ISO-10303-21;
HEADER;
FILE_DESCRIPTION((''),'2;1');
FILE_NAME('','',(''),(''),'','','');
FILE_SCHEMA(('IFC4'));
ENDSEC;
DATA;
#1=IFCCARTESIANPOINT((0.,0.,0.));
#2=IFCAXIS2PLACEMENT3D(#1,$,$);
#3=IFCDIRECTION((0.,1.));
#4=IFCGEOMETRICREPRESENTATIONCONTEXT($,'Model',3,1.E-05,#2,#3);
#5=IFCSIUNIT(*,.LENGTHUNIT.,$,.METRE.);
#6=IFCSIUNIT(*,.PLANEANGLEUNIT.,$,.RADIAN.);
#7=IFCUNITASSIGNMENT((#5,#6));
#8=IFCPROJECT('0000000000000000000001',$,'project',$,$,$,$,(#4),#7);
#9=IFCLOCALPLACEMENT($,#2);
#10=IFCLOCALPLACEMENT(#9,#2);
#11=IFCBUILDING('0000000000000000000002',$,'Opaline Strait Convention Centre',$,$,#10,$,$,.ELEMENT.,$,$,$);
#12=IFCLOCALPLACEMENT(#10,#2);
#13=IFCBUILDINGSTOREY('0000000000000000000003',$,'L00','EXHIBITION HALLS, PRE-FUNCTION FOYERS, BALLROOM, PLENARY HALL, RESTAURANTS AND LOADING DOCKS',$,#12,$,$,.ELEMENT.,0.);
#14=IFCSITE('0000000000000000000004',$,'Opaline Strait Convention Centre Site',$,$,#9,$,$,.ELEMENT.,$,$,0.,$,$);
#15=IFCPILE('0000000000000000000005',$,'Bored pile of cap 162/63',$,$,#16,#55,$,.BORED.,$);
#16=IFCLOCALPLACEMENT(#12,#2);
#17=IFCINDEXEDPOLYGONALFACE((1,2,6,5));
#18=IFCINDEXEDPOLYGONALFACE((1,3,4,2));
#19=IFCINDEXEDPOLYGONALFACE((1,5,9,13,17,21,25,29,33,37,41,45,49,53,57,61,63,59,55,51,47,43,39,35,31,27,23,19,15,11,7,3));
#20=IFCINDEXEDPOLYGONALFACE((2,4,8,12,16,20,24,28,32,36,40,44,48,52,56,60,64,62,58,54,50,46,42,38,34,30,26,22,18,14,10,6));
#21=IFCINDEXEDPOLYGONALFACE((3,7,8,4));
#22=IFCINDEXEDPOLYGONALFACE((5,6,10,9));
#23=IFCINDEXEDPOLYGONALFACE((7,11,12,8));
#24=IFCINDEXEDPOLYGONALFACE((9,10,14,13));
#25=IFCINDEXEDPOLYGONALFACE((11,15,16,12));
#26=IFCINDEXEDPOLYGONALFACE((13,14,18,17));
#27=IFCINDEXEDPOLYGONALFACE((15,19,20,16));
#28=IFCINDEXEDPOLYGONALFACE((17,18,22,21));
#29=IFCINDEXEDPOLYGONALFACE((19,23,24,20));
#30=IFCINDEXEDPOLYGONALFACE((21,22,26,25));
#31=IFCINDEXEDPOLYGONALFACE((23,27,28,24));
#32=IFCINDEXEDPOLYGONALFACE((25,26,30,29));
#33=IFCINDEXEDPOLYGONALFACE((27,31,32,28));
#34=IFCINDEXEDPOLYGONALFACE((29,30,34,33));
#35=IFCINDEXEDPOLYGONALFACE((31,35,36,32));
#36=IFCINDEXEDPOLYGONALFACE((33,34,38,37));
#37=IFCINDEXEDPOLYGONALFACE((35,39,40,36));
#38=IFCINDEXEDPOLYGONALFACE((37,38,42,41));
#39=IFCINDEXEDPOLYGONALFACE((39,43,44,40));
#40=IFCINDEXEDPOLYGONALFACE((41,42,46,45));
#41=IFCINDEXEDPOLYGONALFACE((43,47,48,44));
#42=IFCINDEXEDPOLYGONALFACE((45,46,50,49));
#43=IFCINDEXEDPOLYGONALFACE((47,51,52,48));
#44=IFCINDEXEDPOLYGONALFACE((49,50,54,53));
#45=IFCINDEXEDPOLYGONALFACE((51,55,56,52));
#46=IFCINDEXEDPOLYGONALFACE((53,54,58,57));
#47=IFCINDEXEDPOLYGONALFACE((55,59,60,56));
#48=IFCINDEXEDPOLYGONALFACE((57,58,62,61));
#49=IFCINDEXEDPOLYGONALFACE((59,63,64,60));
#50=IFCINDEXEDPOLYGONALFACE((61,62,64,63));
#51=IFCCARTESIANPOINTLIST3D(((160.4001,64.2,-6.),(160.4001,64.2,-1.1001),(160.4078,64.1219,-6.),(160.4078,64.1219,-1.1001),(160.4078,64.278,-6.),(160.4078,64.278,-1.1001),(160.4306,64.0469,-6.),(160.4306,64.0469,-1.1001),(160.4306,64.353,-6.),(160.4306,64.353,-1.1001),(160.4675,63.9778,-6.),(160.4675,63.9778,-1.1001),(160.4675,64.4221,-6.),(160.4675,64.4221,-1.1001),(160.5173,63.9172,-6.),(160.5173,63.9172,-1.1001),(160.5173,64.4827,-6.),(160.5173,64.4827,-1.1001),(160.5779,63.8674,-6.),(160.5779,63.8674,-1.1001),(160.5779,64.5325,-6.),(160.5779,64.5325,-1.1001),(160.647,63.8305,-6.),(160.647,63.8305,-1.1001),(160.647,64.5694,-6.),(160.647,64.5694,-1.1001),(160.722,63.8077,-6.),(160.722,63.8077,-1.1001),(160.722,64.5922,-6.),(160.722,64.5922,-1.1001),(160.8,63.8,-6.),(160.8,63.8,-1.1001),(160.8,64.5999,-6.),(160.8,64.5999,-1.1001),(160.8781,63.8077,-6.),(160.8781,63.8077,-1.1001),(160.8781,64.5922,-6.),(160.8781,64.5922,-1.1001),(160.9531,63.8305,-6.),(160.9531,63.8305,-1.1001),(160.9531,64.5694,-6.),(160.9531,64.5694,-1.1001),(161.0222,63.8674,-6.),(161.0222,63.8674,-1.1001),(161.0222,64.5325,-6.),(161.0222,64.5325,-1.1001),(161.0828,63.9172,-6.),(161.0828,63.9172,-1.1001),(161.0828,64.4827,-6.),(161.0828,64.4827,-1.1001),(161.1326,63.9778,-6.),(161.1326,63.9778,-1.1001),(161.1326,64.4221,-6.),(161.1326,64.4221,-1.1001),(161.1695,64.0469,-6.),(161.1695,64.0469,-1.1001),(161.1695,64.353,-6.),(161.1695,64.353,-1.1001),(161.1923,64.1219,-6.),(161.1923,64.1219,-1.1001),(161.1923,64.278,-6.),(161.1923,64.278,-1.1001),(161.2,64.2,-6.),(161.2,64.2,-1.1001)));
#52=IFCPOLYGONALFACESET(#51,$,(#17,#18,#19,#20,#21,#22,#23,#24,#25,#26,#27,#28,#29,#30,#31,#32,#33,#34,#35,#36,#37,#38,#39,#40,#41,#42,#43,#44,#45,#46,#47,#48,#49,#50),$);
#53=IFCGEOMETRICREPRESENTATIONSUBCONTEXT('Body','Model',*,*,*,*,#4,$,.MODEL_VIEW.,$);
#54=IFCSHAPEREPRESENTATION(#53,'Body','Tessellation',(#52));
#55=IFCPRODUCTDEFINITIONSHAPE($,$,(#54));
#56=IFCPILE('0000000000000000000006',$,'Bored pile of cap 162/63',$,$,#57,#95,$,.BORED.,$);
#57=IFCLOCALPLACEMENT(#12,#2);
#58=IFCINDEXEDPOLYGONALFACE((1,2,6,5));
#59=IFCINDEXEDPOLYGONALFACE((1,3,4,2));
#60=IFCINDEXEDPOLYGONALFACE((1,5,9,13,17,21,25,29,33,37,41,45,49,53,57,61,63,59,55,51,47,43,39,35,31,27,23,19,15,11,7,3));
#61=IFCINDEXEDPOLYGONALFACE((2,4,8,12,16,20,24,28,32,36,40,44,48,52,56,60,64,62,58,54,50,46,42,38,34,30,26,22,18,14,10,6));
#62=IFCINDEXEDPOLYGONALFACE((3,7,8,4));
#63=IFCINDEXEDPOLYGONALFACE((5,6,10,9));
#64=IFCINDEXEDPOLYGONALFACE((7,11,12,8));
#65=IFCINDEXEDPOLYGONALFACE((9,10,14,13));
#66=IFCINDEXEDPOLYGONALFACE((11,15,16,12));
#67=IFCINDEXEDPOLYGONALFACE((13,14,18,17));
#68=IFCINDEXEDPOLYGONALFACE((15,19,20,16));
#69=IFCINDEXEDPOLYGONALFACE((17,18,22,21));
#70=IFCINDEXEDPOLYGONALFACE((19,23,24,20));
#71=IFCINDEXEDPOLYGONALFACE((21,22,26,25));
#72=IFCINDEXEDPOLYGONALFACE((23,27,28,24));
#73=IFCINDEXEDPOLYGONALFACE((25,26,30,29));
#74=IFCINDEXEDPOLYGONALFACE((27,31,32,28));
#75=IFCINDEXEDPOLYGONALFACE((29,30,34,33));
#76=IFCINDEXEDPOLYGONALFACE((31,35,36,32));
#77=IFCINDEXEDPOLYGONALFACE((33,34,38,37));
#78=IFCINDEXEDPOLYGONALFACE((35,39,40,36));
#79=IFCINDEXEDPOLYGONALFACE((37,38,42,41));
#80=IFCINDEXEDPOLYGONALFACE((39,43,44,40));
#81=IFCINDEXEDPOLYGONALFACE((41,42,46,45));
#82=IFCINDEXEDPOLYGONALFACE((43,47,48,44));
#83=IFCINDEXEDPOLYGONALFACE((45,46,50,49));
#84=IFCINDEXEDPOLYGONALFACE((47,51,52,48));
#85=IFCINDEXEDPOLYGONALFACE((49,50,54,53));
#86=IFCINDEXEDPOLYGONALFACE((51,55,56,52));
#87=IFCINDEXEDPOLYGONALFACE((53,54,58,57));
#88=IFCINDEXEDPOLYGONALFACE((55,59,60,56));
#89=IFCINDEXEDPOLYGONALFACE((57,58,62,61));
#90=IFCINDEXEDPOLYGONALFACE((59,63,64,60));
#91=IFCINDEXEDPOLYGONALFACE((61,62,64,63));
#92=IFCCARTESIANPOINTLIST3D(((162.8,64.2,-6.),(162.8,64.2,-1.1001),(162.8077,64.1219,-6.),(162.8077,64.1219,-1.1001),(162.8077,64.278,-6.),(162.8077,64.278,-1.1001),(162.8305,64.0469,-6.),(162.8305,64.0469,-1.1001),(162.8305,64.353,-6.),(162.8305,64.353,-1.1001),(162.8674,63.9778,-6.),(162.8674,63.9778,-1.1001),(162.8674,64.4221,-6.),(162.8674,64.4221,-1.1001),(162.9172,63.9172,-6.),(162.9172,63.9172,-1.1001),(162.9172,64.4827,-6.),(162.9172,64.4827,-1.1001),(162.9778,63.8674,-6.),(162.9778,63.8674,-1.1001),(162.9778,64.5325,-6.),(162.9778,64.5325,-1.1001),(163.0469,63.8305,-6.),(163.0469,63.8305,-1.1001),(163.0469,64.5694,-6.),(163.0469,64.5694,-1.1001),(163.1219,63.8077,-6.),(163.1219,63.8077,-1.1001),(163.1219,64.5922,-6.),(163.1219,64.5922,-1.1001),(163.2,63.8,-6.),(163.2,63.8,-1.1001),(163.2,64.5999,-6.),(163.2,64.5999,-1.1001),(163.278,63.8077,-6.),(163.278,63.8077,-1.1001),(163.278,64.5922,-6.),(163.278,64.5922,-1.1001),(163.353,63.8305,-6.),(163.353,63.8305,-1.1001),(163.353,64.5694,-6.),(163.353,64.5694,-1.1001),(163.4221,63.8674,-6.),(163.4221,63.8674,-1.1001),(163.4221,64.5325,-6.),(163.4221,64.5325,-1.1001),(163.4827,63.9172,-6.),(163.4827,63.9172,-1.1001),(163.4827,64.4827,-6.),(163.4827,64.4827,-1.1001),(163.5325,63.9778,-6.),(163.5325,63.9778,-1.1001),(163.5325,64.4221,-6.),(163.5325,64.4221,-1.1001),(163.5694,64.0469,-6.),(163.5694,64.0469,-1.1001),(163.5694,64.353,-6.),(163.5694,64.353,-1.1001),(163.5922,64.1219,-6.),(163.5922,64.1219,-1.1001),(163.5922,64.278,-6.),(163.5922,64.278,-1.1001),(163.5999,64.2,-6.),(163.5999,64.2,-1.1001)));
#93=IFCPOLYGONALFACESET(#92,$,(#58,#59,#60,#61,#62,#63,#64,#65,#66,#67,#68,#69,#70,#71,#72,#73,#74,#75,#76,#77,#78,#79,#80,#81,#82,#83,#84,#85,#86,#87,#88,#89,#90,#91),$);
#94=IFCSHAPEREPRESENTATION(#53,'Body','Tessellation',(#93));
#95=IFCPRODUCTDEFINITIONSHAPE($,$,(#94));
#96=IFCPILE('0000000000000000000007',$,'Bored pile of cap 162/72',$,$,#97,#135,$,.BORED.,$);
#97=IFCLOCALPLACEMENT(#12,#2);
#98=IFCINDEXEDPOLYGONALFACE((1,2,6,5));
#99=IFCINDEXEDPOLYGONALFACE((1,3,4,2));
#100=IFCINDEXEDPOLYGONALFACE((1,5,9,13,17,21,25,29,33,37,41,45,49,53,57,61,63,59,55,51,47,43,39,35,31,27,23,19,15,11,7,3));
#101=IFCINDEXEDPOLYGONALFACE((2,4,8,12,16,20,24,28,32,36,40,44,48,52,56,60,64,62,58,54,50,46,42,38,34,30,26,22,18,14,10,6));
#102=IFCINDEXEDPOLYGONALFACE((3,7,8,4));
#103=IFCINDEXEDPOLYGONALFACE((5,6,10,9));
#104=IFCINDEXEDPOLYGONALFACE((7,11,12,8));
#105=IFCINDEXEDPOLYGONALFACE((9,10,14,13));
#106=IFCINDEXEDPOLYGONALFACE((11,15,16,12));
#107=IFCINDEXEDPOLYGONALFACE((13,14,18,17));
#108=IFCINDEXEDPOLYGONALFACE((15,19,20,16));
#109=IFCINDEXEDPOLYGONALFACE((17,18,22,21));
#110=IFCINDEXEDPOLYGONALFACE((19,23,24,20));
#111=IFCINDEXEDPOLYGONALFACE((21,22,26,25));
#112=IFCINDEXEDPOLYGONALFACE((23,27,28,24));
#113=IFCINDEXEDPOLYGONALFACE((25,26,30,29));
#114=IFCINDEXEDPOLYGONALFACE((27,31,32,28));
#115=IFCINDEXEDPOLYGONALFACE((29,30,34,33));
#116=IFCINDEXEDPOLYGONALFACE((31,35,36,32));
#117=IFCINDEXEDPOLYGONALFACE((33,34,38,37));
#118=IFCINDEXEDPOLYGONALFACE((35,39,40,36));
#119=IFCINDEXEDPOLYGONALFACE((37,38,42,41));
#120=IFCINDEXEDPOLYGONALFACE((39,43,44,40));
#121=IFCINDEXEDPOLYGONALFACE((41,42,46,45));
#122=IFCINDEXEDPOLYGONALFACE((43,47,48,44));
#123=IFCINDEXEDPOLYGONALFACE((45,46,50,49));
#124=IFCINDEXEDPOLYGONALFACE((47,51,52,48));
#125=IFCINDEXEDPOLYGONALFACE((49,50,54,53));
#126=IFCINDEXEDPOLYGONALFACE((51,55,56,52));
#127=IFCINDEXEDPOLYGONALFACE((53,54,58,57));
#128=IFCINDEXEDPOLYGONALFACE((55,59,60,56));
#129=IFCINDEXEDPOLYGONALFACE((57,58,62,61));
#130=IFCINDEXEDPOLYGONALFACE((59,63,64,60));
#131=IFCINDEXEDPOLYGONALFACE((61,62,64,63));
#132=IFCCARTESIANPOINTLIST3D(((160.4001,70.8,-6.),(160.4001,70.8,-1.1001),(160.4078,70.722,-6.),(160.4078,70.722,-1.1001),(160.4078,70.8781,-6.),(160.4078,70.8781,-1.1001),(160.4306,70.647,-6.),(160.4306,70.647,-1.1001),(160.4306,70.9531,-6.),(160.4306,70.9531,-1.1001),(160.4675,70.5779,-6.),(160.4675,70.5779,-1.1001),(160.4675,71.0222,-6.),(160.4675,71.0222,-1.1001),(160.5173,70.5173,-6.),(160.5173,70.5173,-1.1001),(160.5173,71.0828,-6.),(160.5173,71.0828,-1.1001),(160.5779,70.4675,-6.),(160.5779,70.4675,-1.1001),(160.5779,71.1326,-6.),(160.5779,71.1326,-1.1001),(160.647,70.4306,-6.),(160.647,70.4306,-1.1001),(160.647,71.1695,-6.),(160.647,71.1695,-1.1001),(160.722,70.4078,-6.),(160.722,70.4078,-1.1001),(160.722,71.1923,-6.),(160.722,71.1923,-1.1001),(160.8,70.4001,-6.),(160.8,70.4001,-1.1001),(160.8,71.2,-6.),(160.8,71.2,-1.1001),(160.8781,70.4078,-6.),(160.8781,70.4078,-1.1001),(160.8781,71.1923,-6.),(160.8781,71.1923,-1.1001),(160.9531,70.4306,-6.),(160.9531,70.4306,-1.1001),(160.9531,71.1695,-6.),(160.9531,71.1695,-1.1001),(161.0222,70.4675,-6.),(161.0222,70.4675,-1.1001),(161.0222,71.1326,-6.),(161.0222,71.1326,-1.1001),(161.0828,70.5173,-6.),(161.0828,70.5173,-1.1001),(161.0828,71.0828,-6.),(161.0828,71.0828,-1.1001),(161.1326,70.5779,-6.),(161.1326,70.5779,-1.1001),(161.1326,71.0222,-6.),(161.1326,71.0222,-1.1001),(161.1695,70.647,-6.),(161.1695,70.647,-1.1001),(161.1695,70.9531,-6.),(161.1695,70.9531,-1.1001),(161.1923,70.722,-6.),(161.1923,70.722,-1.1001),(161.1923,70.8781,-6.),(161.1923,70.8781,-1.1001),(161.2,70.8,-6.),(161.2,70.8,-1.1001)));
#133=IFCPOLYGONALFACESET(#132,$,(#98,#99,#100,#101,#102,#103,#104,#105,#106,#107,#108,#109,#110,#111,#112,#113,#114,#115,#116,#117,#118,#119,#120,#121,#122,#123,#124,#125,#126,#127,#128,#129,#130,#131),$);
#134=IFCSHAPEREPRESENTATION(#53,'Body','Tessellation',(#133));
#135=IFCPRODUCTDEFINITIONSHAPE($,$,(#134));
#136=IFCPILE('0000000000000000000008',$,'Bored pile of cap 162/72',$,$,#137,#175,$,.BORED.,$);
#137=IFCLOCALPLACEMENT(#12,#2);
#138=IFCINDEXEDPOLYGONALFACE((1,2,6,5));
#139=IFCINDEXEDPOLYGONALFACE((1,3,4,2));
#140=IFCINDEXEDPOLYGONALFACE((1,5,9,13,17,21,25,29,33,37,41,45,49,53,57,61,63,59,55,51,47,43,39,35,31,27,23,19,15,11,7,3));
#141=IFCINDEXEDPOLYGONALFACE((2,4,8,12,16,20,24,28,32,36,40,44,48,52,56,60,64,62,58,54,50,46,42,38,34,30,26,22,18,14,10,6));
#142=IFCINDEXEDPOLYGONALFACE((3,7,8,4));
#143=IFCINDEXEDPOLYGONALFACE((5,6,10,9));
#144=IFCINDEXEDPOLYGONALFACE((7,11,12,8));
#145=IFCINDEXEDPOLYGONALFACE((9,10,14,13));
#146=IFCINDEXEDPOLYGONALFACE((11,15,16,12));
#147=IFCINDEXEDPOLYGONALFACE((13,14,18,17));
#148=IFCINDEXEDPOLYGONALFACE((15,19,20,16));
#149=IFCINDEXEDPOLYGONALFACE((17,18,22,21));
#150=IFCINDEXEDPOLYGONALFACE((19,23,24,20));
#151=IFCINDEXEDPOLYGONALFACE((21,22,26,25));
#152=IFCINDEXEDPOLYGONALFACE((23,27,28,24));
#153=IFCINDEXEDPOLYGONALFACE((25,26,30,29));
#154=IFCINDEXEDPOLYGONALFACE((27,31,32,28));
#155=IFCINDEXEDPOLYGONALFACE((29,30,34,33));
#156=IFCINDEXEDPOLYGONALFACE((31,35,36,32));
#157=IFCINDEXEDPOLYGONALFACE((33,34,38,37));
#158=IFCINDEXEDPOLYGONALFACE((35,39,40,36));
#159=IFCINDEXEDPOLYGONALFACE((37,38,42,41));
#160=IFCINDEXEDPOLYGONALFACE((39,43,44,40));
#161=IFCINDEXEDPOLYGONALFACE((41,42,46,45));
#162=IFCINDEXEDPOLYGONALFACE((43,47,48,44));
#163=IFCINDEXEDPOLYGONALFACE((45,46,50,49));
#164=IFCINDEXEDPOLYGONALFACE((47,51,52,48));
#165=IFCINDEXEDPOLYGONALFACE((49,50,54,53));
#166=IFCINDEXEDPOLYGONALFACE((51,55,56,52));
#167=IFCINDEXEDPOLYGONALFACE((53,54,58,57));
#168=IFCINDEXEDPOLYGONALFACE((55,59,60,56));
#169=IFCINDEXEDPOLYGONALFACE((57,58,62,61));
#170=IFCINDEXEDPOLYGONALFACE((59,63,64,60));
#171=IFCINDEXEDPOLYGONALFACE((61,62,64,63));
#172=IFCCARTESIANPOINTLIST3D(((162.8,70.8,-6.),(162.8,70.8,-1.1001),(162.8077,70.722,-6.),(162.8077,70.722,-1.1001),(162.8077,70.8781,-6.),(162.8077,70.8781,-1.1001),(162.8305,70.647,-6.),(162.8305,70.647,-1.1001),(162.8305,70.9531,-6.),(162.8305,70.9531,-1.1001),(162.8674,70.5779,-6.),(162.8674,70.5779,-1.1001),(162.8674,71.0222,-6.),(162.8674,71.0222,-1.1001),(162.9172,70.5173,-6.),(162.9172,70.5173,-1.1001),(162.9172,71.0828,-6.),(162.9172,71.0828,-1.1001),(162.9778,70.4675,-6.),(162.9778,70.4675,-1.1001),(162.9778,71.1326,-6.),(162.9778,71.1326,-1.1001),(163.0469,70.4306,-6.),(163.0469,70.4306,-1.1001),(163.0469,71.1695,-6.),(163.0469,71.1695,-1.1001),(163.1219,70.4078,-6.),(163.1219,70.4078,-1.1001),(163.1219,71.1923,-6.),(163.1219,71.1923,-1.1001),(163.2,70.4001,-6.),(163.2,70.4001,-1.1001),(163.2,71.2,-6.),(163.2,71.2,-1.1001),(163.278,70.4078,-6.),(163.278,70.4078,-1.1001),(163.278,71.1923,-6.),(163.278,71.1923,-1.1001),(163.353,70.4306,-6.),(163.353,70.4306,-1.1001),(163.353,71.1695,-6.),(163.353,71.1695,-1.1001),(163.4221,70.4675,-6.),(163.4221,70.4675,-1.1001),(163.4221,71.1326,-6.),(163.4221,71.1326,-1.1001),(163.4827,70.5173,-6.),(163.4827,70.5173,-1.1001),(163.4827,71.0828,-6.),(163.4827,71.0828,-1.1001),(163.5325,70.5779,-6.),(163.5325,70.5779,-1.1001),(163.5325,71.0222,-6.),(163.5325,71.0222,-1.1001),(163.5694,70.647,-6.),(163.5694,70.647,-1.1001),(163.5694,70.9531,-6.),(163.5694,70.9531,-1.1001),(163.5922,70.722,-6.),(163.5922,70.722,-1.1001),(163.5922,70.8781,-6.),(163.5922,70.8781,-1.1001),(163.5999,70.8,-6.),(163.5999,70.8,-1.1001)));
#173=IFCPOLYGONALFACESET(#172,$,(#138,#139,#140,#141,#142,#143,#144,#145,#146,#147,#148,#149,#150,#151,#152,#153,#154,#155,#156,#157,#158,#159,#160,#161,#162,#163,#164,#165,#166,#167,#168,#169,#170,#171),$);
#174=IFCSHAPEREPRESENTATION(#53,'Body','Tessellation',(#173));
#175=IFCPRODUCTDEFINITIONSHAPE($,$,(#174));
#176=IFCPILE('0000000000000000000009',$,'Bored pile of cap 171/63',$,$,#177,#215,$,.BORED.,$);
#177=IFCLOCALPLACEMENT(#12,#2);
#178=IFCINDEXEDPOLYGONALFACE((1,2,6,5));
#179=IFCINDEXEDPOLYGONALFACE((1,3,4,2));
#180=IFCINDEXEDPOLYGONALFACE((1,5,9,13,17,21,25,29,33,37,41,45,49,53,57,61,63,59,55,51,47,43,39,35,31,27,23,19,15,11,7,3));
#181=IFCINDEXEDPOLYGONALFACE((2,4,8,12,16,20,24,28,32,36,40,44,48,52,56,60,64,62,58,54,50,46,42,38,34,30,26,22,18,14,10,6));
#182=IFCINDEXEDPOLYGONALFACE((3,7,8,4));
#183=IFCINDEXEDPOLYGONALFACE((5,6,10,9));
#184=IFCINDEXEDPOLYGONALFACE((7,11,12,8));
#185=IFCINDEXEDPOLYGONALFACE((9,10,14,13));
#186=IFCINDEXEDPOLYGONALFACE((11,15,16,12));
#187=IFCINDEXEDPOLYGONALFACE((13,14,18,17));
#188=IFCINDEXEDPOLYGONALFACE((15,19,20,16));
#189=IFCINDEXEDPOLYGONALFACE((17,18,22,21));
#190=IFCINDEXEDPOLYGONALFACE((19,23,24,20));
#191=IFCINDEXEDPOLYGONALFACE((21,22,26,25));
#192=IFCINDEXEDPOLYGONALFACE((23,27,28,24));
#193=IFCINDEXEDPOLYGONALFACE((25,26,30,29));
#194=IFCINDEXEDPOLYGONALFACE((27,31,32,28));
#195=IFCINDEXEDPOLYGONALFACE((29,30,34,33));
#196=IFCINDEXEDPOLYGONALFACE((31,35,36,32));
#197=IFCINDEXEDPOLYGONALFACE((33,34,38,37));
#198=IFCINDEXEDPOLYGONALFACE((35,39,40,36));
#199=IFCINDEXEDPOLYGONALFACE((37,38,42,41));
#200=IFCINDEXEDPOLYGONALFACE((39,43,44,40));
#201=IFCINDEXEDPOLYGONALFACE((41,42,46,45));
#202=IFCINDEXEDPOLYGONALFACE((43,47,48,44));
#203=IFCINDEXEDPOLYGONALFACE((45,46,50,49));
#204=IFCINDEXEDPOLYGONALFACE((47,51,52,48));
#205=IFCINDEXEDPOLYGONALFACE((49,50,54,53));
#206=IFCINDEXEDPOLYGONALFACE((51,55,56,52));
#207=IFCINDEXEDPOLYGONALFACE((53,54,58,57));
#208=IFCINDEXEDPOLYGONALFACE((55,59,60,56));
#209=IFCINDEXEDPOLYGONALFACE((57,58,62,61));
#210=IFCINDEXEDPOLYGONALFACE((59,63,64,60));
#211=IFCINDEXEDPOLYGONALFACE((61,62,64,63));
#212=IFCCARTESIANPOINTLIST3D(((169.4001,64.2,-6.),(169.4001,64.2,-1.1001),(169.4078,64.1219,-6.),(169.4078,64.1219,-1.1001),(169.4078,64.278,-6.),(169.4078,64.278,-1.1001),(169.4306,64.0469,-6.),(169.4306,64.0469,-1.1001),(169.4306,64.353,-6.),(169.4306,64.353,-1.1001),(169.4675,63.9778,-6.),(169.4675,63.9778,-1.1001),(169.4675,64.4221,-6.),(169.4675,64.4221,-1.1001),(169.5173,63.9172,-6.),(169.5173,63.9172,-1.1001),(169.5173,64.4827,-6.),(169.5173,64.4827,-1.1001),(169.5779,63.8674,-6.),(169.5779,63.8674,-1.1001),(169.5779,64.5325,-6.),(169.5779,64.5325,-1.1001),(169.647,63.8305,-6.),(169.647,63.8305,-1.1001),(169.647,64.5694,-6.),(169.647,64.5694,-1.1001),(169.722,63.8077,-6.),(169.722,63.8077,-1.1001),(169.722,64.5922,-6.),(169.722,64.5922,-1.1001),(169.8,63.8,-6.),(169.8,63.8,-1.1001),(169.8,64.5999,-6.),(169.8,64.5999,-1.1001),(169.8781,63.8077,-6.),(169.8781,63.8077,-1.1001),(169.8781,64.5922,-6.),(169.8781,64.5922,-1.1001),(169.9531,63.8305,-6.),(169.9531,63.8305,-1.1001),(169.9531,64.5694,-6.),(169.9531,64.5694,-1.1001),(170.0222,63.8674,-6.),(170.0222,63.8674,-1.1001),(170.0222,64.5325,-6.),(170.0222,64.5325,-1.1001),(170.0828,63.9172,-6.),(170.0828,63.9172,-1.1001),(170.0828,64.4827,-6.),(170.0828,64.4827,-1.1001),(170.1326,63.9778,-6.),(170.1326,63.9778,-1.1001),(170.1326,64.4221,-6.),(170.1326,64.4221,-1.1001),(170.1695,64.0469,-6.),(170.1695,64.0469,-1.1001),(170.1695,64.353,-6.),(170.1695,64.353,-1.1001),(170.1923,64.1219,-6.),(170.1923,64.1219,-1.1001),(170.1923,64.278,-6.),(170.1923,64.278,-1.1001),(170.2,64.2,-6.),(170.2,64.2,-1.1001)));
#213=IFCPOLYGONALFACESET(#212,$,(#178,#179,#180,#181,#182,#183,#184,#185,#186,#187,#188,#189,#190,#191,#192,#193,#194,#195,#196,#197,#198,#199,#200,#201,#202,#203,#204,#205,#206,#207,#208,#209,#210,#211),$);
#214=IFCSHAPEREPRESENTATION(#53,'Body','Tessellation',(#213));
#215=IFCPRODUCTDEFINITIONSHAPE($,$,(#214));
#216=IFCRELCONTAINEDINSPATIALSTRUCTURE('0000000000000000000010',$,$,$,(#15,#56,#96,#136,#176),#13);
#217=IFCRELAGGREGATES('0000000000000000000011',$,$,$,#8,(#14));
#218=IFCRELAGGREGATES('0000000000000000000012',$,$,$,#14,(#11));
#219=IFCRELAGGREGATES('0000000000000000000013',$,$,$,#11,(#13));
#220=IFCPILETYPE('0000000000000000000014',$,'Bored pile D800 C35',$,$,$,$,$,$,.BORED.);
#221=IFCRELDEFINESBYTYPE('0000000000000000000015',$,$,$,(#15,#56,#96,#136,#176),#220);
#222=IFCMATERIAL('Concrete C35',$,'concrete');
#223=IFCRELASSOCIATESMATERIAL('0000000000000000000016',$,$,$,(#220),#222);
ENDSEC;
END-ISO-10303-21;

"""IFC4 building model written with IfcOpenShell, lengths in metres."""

from ifc_helpers import new_model, si_unit, direction, frame, origin, origin_2d, place, context, subcontext, project, spatial, circle, extrude, material, material_profile, profile_set, type_object, element, save


model = new_model("IFC4")

# Units and contexts
model_context = context("Model", 3, precision=1e-05, world=origin(), true_north=direction((0.0, 1.0)))
body_context = subcontext(model_context, "Body", "Model", "MODEL_VIEW")
ifc_project = project(units=[si_unit("LENGTHUNIT", "METRE"), si_unit("PLANEANGLEUNIT", "RADIAN")], contexts=[model_context])

# Site, building, storey
site_placement = place(None, origin())
site = spatial("IfcSite", under=ifc_project, at=site_placement, Name="Opaline Strait Convention Centre Site", CompositionType="ELEMENT", RefElevation=0.0)
building_placement = place(site_placement, origin())
building = spatial("IfcBuilding", under=site, at=building_placement, Name="Opaline Strait Convention Centre", CompositionType="ELEMENT")
storey_placement = place(building_placement, origin())
storey = spatial("IfcBuildingStorey", under=building, at=storey_placement, Name="L00", Description="EXHIBITION HALLS, PRE-FUNCTION FOYERS, BALLROOM, PLENARY HALL, RESTAURANTS AND LOADING DOCKS", CompositionType="ELEMENT", Elevation=0.0)

# Piles
ifc_material_1 = material(Name="Concrete C35", Category="concrete")
ifc_material_profile = material_profile(ifc_material_1, circle(Radius=0.3999, at=origin_2d()), Name="D800")
ifc_profile_set = profile_set([ifc_material_profile], Name="Concrete C35")
pile_type = type_object("IfcPileType", Name="Bored pile D800 C35", PredefinedType="BORED", material=ifc_profile_set)
for number, where, z_axis, x_axis, name in (
    (1, (160.8, 64.2, -1.1001), (0.0, 0.0, -1.0), (1.0, 0.0, 0.0), "Bored pile of cap 162/63"),
    (2, (163.2, 64.2, -1.1001), (0.0, 0.0, -1.0), (1.0, 0.0, 0.0), "Bored pile of cap 162/63"),
    (3, (160.8, 70.8, -1.1001), (0.0, 0.0, -1.0), (1.0, 0.0, 0.0), "Bored pile of cap 162/72"),
    (4, (163.2, 70.8, -1.1001), (0.0, 0.0, -1.0), (1.0, 0.0, 0.0), "Bored pile of cap 162/72"),
    (5, (169.8, 64.2, -1.1001), (0.0, 0.0, -1.0), (1.0, 0.0, 0.0), "Bored pile of cap 171/63"),
):
    element("IfcPile", number, at=place(storey_placement, frame(where, z_axis=z_axis, x_axis=x_axis)), inside=storey, type_object=pile_type, Name=name, PredefinedType="BORED", context=body_context, shape_type="SweptSolid", body=[
        extrude(circle(Radius=0.3999, at=origin_2d()), origin(), (0.0, 0.0, 1.0), 4.8999),
    ])

save(model, "model.ifc")
